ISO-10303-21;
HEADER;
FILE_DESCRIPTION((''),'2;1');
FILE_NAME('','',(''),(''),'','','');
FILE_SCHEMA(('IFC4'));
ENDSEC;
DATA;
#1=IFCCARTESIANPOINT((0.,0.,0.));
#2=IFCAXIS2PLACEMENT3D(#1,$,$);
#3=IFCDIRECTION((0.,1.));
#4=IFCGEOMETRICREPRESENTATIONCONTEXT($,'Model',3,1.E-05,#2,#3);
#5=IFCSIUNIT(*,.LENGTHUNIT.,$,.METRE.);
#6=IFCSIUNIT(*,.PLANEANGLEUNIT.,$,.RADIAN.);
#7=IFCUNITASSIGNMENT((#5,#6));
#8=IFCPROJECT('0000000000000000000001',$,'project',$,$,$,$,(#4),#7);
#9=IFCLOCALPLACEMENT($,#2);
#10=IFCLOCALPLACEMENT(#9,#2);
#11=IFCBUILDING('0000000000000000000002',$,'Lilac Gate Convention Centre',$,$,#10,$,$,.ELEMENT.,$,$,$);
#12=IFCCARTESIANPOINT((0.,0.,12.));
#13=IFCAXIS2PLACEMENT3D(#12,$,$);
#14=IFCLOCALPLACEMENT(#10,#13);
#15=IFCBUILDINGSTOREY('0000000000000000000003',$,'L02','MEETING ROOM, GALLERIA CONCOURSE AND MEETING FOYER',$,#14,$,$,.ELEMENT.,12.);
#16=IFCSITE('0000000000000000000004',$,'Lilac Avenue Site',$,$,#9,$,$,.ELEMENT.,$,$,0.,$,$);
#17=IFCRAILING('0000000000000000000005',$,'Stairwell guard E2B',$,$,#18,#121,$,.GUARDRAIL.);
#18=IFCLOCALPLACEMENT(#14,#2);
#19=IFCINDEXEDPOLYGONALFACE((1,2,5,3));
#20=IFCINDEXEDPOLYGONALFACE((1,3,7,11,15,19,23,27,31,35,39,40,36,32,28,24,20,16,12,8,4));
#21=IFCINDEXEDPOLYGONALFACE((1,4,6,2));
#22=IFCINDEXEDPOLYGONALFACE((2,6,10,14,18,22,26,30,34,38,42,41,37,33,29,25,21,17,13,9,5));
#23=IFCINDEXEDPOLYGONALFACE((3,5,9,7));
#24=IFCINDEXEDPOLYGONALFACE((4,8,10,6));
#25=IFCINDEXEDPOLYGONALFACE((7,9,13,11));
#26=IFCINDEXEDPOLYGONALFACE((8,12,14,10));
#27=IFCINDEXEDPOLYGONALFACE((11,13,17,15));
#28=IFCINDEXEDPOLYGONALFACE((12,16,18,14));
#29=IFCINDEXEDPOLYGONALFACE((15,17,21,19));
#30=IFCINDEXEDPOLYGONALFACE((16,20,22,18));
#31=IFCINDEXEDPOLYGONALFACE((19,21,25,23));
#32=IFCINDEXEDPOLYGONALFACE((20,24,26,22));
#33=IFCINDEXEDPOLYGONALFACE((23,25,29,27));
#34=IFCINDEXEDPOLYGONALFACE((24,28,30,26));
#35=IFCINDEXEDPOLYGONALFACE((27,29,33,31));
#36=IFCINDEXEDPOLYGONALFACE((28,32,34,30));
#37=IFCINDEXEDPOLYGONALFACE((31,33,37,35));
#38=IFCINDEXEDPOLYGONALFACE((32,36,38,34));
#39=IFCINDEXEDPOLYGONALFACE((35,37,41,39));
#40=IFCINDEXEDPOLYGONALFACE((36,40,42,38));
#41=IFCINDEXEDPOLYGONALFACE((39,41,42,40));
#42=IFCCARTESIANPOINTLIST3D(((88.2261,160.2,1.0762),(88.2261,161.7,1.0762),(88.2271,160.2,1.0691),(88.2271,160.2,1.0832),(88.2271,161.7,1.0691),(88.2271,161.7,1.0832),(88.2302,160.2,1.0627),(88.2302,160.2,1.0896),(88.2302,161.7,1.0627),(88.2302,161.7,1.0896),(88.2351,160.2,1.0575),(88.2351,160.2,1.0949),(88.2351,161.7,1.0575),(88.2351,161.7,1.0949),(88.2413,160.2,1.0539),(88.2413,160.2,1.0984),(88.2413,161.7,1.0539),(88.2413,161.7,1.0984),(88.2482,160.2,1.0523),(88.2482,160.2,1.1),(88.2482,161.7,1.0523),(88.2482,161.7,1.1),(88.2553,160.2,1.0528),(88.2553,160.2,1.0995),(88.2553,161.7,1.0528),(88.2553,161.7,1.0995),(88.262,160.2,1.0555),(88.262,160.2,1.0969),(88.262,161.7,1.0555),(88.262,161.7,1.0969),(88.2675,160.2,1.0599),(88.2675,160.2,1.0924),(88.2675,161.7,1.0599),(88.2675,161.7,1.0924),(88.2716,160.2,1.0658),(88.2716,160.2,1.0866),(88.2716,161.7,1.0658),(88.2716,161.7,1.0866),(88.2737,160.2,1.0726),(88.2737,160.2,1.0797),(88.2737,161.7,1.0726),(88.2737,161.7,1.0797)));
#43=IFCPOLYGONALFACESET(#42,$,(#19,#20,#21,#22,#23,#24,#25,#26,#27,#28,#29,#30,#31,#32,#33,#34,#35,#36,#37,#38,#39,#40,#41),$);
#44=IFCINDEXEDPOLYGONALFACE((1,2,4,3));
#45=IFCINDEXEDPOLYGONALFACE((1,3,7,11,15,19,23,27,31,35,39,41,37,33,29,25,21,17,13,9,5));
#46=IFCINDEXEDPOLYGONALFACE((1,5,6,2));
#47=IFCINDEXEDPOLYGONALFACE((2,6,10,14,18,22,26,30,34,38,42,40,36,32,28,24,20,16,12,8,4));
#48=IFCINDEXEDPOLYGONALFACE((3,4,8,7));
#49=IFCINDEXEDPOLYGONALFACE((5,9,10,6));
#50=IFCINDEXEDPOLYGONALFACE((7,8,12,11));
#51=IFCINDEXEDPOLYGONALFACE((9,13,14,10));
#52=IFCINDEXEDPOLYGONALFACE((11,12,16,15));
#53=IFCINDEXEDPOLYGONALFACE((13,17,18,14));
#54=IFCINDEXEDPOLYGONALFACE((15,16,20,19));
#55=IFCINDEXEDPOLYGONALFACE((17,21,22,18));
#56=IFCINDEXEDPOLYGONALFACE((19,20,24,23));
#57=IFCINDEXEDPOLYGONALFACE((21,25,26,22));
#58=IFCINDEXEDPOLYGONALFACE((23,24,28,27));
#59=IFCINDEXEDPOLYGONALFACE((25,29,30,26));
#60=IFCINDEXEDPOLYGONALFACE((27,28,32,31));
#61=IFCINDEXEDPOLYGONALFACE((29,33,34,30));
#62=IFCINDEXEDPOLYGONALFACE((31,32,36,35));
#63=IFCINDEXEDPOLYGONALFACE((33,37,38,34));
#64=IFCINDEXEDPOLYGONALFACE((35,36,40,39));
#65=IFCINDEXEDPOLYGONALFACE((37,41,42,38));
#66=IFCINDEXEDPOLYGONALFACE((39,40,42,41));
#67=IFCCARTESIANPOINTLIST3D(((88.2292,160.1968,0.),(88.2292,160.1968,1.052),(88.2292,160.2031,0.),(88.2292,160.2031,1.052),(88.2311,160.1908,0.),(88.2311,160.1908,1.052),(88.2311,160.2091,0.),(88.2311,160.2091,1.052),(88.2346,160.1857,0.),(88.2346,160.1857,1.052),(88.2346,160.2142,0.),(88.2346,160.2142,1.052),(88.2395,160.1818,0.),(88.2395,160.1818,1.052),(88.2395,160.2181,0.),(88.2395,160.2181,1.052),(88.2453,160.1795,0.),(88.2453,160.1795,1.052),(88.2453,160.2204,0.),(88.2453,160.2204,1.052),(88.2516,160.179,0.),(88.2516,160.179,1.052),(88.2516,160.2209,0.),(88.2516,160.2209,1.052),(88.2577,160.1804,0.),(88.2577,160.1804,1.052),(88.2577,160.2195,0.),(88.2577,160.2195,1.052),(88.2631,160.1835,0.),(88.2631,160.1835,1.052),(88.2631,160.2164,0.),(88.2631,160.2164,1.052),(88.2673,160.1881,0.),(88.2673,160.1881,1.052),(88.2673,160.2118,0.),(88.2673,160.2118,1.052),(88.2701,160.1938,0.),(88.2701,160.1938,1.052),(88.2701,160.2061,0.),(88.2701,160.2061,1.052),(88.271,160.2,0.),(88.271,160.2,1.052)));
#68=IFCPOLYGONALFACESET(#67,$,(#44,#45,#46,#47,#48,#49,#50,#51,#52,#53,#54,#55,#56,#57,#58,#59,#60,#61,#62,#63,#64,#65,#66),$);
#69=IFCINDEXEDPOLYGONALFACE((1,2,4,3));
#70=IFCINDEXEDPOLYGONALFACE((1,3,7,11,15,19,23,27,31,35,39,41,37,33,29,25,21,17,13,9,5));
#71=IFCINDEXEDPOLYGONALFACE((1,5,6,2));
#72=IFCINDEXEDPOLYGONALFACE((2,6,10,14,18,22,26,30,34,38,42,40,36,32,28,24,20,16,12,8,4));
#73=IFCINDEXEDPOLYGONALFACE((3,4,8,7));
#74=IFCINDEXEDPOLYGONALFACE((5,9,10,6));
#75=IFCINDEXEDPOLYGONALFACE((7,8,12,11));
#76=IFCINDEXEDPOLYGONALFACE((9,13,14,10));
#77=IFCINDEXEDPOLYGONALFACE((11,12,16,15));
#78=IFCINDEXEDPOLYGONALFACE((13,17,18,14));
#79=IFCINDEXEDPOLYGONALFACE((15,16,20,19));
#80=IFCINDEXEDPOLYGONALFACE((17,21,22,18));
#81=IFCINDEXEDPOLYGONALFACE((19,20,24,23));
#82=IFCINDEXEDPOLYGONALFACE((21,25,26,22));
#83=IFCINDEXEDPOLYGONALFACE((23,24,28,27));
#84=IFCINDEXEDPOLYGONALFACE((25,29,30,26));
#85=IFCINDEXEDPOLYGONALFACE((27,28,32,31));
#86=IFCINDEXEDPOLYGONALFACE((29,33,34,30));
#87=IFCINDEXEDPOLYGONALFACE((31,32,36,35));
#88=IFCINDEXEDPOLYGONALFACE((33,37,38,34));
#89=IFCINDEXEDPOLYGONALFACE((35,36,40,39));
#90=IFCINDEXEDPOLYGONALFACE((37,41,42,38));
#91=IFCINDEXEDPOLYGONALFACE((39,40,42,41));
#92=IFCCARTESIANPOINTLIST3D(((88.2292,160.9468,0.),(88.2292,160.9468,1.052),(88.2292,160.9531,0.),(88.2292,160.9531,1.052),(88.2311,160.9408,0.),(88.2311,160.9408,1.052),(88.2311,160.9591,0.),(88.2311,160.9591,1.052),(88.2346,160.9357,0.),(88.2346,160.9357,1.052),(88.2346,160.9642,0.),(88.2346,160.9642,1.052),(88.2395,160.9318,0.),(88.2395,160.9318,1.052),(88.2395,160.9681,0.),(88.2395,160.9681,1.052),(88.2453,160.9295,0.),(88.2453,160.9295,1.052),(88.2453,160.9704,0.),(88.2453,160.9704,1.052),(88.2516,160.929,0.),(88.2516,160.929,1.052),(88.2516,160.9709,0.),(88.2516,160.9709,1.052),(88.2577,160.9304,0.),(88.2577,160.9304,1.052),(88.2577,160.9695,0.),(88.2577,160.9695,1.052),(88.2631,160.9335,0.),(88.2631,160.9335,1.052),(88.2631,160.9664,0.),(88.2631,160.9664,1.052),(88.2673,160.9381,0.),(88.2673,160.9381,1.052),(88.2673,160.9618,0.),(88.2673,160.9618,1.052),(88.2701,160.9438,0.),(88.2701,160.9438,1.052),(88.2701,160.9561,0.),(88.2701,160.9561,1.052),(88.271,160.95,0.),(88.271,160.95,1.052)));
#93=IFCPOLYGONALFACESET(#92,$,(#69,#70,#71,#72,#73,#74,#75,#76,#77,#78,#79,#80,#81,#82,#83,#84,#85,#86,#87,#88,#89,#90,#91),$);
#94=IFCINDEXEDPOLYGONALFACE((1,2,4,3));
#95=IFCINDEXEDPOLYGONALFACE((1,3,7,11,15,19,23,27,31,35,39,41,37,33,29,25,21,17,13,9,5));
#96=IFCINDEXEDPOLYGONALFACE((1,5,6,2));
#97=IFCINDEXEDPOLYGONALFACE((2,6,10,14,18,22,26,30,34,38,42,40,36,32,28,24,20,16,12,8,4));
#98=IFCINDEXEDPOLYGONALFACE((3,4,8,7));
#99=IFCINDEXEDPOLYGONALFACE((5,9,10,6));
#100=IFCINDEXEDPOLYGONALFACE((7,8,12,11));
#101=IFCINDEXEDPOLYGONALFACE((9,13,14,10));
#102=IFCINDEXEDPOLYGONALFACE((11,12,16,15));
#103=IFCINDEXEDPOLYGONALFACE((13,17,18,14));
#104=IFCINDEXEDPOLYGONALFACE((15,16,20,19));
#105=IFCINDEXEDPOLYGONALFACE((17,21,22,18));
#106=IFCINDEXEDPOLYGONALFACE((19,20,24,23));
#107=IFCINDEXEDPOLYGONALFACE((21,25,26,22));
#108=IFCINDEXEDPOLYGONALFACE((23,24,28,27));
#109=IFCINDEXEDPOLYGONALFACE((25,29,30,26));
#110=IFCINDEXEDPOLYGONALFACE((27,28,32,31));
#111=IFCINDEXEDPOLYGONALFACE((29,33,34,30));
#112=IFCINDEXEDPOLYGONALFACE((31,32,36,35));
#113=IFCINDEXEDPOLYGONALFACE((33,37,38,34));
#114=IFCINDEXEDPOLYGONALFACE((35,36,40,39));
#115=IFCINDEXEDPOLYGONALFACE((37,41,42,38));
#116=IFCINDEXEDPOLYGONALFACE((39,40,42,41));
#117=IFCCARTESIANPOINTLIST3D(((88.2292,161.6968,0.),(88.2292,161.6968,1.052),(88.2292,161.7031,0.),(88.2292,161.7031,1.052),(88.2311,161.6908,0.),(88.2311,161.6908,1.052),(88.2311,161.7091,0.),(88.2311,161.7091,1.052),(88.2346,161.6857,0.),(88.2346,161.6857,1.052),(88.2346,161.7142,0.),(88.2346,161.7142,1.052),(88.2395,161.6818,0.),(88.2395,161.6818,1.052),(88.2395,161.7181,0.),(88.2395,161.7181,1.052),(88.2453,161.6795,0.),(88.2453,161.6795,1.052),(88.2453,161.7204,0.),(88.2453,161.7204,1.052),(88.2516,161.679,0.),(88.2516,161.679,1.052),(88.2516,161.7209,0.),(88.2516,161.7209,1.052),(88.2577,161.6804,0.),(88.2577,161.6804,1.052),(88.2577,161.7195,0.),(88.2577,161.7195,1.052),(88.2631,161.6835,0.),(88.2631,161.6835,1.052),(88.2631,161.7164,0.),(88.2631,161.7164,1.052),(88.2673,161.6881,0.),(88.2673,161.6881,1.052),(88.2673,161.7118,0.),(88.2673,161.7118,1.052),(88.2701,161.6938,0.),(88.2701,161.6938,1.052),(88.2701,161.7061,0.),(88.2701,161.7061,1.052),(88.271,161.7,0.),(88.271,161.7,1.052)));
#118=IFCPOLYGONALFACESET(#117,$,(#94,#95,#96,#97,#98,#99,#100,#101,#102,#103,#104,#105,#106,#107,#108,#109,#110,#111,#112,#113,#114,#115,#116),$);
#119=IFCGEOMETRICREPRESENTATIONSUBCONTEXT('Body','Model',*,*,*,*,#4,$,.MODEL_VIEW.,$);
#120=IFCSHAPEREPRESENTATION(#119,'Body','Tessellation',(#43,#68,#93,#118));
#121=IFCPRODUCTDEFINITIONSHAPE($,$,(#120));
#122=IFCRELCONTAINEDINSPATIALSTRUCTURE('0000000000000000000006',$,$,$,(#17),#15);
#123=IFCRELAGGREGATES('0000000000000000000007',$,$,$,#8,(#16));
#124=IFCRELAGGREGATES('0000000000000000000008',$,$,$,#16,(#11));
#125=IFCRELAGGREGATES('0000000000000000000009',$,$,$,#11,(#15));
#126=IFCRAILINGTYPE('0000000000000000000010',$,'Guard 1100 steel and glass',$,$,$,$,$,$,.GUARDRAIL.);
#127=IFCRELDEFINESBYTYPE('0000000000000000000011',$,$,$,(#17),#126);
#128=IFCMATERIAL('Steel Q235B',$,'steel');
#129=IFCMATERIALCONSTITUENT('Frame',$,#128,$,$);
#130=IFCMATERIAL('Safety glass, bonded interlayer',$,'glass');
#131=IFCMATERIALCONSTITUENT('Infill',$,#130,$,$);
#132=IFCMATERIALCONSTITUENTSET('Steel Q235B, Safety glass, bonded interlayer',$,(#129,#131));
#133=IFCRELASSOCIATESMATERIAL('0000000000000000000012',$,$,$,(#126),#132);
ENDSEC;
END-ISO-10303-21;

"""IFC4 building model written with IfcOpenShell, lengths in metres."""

from ifc_helpers import new_model, si_unit, direction, frame, origin, origin_2d, place, context, subcontext, project, spatial, circle, extrude, material, constituent, constituent_set, type_object, element, save


model = new_model("IFC4")

# Units and contexts
model_context = context("Model", 3, precision=1e-05, world=origin(), true_north=direction((0.0, 1.0)))
body_context = subcontext(model_context, "Body", "Model", "MODEL_VIEW")
ifc_project = project(units=[si_unit("LENGTHUNIT", "METRE"), si_unit("PLANEANGLEUNIT", "RADIAN")], contexts=[model_context])

# Site, building, storey
site_placement = place(None, origin())
site = spatial("IfcSite", under=ifc_project, at=site_placement, Name="Lilac Avenue Site", CompositionType="ELEMENT", RefElevation=0.0)
building_placement = place(site_placement, origin())
building = spatial("IfcBuilding", under=site, at=building_placement, Name="Lilac Gate Convention Centre", CompositionType="ELEMENT")
storey_placement = place(building_placement, frame((0.0, 0.0, 12.0)))
storey = spatial("IfcBuildingStorey", under=building, at=storey_placement, Name="L02", Description="MEETING ROOM, GALLERIA CONCOURSE AND MEETING FOYER", CompositionType="ELEMENT", Elevation=12.0)

# Railing
ifc_material_1 = material(Name="Steel Q235B", Category="steel")
ifc_constituent_1 = constituent(ifc_material_1, Name="Frame")
ifc_material_2 = material(Name="Safety glass, bonded interlayer", Category="glass")
ifc_constituent_2 = constituent(ifc_material_2, Name="Infill")
ifc_constituent_set = constituent_set(constituents=[ifc_constituent_1, ifc_constituent_2], Name="Steel Q235B, Safety glass, bonded interlayer")
railing_type = type_object("IfcRailingType", Name="Guard 1100 steel and glass", PredefinedType="GUARDRAIL", material=ifc_constituent_set)
railing_placement = place(storey_placement, frame((88.25, 160.2, 0.0)))
element("IfcRailing", 1, at=railing_placement, inside=storey, type_object=railing_type, Name="Stairwell guard E2B", PredefinedType="GUARDRAIL", context=body_context, shape_type="SweptSolid", body=[
    extrude(circle(Radius=0.0239, at=origin_2d()), frame((0.0, 0.0, 1.0762), z_axis=(0.0, 1.0, 0.0), x_axis=(-1.0, 0.0, 0.0)), (0.0, 0.0, 1.0), 1.5),
    extrude(circle(Radius=0.021, at=origin_2d()), origin(), (0.0, 0.0, 1.0), 1.052),
    extrude(circle(Radius=0.021, at=origin_2d()), frame((0.0, 0.75, 0.0)), (0.0, 0.0, 1.0), 1.052),
    extrude(circle(Radius=0.021, at=origin_2d()), frame((0.0, 1.5, 0.0)), (0.0, 0.0, 1.0), 1.052),
])

save(model, "model.ifc")
